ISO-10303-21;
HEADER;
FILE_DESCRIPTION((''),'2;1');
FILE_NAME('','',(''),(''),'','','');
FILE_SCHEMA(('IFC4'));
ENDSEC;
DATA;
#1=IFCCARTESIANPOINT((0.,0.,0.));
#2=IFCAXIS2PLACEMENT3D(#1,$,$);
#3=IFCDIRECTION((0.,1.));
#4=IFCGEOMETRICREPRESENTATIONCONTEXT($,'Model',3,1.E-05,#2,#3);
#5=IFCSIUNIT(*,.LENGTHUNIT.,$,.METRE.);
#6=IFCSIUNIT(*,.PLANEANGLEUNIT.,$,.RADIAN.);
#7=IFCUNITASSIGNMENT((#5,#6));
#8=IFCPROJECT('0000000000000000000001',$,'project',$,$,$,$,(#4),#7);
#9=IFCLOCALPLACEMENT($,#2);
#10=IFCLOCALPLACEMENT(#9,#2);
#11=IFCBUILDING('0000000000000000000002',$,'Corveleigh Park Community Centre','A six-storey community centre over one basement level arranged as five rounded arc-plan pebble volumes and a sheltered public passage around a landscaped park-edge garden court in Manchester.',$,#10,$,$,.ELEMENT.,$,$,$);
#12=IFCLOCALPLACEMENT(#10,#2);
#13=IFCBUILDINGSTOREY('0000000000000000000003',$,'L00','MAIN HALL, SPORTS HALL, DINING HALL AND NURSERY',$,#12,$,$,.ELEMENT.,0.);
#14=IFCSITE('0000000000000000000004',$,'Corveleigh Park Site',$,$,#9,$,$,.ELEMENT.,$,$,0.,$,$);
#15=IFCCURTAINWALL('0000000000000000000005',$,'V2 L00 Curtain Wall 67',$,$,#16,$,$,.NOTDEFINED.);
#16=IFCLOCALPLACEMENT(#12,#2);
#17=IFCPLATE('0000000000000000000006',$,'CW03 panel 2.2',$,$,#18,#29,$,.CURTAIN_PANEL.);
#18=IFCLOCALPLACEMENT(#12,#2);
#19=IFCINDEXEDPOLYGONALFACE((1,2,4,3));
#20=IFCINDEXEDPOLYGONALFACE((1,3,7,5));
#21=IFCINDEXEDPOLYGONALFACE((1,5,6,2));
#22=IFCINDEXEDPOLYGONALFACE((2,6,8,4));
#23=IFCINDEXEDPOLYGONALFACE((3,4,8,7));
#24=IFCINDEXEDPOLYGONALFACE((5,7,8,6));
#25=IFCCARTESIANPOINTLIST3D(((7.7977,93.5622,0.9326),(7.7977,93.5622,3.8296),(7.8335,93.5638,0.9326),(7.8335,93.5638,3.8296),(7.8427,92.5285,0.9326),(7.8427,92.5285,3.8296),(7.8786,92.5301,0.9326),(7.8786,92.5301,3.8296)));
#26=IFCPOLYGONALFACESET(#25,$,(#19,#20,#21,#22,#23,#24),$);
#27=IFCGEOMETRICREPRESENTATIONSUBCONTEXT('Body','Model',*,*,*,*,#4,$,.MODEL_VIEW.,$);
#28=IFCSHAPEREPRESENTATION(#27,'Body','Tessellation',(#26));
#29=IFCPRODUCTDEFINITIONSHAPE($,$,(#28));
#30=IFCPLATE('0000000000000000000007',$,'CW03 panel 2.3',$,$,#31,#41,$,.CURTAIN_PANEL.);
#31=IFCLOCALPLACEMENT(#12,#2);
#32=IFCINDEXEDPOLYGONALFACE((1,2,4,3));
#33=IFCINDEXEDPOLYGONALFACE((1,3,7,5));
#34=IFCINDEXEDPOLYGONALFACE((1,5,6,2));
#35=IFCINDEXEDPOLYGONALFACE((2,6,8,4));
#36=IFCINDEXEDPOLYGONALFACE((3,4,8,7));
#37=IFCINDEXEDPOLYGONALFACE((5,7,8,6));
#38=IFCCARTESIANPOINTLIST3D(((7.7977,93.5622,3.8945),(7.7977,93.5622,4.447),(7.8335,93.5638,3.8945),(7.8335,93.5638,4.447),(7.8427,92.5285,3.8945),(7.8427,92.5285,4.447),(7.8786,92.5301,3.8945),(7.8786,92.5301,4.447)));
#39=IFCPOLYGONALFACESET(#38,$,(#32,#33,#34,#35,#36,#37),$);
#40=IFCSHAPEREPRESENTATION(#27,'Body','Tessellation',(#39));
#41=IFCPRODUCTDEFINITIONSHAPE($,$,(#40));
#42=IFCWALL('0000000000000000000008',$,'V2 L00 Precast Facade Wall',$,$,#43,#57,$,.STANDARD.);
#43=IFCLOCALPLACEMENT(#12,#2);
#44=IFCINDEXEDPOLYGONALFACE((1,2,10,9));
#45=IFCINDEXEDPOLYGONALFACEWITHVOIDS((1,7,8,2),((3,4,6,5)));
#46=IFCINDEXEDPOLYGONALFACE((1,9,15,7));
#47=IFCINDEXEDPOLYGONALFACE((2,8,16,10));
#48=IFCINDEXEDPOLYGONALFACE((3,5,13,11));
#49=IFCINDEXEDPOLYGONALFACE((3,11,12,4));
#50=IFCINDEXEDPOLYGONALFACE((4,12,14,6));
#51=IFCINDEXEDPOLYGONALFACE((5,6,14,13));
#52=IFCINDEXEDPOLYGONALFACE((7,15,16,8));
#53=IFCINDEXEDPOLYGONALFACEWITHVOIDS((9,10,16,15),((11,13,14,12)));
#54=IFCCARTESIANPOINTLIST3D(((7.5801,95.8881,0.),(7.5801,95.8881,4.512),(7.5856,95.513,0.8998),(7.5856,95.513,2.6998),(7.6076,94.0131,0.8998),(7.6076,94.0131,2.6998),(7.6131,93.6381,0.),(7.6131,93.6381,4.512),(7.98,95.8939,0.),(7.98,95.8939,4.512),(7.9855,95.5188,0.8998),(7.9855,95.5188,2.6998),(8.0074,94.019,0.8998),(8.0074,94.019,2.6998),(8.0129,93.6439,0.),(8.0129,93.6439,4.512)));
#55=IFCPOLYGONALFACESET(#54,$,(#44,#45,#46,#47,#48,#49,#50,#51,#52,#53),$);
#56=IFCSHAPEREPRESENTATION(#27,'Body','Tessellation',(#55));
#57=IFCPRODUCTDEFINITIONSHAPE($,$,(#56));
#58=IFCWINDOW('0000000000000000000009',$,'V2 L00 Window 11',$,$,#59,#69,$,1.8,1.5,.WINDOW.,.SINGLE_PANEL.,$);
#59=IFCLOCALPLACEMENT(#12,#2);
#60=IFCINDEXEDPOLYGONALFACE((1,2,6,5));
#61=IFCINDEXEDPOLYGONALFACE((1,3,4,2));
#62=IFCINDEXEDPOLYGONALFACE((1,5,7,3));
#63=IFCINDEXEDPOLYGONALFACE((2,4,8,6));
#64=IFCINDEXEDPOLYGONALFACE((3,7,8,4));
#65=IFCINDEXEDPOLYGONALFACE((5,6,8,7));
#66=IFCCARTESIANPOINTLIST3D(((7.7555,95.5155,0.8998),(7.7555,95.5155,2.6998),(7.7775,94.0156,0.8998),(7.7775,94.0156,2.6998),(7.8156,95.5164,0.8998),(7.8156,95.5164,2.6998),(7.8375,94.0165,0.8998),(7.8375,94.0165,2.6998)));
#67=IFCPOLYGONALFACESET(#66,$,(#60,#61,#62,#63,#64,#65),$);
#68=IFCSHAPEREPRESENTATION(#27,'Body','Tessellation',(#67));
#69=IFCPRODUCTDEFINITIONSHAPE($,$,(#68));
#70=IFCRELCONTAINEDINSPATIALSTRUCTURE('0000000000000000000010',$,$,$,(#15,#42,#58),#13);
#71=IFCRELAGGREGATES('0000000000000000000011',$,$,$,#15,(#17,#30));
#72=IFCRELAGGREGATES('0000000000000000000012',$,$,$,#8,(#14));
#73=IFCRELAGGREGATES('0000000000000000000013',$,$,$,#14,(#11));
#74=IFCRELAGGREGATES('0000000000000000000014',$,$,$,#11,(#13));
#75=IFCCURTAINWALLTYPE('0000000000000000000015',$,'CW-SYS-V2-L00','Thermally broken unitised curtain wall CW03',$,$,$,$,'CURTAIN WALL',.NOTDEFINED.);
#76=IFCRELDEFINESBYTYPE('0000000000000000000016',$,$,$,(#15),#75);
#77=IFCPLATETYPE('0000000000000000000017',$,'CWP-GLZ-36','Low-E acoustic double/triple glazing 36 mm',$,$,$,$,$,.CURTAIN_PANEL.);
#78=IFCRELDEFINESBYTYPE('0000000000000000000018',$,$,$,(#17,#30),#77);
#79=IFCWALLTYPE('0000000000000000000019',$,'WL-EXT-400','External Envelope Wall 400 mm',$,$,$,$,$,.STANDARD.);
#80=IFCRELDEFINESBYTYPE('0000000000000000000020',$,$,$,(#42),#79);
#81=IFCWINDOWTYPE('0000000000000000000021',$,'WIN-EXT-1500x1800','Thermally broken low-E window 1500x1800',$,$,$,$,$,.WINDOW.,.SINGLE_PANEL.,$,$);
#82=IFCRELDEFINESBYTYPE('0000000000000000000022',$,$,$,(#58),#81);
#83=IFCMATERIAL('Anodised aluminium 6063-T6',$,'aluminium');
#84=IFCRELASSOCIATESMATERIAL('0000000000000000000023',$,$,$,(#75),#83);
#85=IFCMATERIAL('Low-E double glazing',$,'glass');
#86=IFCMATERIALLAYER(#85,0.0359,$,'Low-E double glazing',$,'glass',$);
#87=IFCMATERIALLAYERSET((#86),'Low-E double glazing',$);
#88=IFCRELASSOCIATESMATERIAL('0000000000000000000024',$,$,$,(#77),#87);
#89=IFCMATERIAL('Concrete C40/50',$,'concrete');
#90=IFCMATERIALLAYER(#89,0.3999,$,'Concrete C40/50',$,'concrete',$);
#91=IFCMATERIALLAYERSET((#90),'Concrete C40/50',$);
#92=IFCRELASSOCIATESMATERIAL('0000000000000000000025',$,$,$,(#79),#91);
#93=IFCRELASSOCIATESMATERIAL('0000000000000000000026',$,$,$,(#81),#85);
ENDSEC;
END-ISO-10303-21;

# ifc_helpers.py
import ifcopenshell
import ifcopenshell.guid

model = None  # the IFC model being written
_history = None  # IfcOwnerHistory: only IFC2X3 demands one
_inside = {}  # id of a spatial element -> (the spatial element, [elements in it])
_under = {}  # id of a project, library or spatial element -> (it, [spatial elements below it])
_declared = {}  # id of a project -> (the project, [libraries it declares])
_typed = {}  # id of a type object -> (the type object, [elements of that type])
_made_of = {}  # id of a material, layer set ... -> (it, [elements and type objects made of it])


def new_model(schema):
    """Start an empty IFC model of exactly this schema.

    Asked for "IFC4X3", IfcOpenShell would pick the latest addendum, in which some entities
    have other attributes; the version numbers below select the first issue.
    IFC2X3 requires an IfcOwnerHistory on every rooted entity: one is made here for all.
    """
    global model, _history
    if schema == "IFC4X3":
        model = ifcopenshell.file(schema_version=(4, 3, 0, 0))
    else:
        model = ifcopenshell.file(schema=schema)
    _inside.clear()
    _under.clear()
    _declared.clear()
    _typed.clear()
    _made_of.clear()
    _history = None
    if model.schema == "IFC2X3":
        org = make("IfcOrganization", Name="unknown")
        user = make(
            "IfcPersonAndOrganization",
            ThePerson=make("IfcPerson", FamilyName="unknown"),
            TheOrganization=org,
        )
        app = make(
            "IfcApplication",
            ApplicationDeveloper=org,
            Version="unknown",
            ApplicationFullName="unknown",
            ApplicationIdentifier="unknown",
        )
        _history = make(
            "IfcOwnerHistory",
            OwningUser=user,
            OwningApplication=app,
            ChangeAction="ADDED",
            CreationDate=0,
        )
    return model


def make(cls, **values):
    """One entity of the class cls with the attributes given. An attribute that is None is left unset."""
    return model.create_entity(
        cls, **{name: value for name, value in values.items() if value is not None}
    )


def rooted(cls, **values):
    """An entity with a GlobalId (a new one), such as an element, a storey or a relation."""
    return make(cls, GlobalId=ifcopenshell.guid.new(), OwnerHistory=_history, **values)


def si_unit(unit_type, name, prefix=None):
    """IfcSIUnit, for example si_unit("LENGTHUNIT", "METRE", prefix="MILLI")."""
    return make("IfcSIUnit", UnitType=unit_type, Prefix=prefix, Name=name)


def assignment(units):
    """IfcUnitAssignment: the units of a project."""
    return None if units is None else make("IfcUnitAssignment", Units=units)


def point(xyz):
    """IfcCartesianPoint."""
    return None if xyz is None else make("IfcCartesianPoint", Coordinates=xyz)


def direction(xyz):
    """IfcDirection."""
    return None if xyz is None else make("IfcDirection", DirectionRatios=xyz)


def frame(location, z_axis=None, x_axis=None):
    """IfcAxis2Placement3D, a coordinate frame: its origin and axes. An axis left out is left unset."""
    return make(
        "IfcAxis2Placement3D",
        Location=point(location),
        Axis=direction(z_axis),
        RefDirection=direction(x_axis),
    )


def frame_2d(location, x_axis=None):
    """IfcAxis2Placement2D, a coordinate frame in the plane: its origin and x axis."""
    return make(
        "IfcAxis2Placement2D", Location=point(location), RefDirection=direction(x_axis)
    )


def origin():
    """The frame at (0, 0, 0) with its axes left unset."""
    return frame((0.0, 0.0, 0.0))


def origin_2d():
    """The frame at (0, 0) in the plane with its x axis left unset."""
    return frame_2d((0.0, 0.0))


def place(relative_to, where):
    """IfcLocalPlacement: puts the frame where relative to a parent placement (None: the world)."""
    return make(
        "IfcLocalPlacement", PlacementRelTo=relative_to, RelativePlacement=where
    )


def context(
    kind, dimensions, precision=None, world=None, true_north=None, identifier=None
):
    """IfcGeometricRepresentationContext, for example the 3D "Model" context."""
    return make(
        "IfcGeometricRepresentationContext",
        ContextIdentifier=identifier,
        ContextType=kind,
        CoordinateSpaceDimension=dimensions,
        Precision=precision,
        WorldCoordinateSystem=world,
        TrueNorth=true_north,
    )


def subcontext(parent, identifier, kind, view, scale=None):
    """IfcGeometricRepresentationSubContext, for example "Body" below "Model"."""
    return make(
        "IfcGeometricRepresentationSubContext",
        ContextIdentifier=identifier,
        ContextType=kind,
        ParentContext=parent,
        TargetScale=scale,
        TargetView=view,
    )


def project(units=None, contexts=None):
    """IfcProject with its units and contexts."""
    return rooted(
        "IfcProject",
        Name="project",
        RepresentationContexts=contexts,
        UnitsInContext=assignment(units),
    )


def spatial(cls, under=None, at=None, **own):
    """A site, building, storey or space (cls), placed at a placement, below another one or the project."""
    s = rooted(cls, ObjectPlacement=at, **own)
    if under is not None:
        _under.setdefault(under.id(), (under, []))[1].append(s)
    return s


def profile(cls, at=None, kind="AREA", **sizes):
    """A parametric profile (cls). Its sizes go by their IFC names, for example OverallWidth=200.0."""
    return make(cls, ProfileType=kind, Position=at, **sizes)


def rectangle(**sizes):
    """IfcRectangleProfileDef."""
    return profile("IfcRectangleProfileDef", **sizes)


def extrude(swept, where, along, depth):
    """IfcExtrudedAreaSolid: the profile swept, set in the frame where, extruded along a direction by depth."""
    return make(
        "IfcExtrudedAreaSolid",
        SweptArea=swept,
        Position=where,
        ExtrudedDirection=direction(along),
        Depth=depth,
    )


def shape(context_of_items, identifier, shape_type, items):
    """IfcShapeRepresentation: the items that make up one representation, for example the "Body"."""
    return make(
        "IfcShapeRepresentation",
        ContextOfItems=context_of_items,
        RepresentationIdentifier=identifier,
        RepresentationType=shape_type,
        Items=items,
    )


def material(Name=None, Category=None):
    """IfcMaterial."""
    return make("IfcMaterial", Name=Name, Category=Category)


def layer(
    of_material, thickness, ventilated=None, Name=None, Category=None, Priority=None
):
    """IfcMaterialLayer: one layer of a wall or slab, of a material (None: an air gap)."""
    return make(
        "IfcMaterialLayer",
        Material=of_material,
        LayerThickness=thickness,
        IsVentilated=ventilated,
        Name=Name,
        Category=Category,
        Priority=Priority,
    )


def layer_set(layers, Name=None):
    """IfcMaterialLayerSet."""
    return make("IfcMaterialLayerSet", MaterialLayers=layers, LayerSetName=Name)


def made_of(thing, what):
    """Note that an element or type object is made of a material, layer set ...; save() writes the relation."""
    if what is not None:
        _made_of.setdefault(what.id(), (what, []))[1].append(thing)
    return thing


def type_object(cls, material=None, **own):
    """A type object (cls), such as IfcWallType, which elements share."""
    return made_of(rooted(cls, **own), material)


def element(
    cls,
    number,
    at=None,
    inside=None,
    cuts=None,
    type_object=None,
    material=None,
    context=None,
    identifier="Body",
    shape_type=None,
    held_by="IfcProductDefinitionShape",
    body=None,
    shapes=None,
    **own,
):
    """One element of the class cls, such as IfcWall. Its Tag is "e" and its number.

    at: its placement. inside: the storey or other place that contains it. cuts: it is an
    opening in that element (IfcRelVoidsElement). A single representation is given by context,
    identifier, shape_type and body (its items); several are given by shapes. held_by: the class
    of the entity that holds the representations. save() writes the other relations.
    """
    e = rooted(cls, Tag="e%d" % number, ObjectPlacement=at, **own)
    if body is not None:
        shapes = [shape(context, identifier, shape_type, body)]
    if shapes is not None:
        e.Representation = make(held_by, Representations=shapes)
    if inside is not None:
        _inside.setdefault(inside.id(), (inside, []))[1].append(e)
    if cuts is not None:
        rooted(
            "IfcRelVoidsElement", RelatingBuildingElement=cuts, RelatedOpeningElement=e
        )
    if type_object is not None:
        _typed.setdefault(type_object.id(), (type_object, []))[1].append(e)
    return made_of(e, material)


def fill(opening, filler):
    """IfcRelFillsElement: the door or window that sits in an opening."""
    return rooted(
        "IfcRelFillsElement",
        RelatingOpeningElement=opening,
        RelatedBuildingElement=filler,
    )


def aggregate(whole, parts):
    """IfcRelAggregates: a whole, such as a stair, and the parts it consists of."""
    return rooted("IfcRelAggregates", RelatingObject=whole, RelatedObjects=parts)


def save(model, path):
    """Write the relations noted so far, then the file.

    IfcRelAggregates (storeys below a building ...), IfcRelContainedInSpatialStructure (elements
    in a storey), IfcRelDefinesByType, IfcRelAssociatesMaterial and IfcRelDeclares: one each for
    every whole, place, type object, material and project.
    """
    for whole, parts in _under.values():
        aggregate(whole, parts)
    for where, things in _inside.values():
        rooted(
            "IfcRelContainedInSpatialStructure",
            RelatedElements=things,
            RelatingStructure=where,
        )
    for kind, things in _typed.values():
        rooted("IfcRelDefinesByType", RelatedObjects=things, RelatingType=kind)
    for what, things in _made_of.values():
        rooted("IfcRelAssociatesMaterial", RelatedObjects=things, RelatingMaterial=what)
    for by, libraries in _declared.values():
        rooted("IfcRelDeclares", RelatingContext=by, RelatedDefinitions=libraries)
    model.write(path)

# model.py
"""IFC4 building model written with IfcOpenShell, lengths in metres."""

from ifc_helpers import new_model, si_unit, direction, frame, frame_2d, origin, origin_2d, place, context, subcontext, project, spatial, rectangle, extrude, material, layer, layer_set, type_object, element, fill, aggregate, save


model = new_model("IFC4")

# Units and contexts
model_context = context("Model", 3, precision=1e-05, world=origin(), true_north=direction((0.0, 1.0)))
body_context = subcontext(model_context, "Body", "Model", "MODEL_VIEW")
ifc_project = project(units=[si_unit("LENGTHUNIT", "METRE"), si_unit("PLANEANGLEUNIT", "RADIAN")], contexts=[model_context])

# Site, building, storey
site_placement = place(None, origin())
site = spatial("IfcSite", under=ifc_project, at=site_placement, Name="Corveleigh Park Site", CompositionType="ELEMENT", RefElevation=0.0)
building_placement = place(site_placement, origin())
building = spatial("IfcBuilding", under=site, at=building_placement, Name="Corveleigh Park Community Centre", Description="A six-storey community centre over one basement level arranged as five rounded arc-plan pebble volumes and a sheltered public passage around a landscaped park-edge garden court in Manchester.", CompositionType="ELEMENT")
storey_placement = place(building_placement, origin())
storey = spatial("IfcBuildingStorey", under=building, at=storey_placement, Name="L00", Description="MAIN HALL, SPORTS HALL, DINING HALL AND NURSERY", CompositionType="ELEMENT", Elevation=0.0)

# Curtain wall
ifc_material_1 = material(Name="Anodised aluminium 6063-T6", Category="aluminium")
curtain_wall_type = type_object("IfcCurtainWallType", Name="CW-SYS-V2-L00", Description="Thermally broken unitised curtain wall CW03", ElementType="CURTAIN WALL", PredefinedType="NOTDEFINED", material=ifc_material_1)
curtain_wall_1_placement = place(storey_placement, origin())
curtain_wall_1 = element("IfcCurtainWall", 1, at=curtain_wall_1_placement, inside=storey, type_object=curtain_wall_type, Name="V2 L00 Curtain Wall 67", PredefinedType="NOTDEFINED")

# Plates
ifc_material_2 = material(Name="Low-E double glazing", Category="glass")
ifc_layer_1 = layer(ifc_material_2, 0.0359, Name="Low-E double glazing", Category="glass")
ifc_layer_set_1 = layer_set([ifc_layer_1], Name="Low-E double glazing")
plate_type_1 = type_object("IfcPlateType", Name="CWP-GLZ-36", Description="Low-E acoustic double/triple glazing 36 mm", PredefinedType="CURTAIN_PANEL", material=ifc_layer_set_1)
plate_1_placement = place(storey_placement, frame((7.8381, 93.0461, 0.9326), z_axis=(0.0, 0.0, 1.0), x_axis=(-0.043572, 0.99905, 0.0)))
plate_1 = element("IfcPlate", 2, at=plate_1_placement, type_object=plate_type_1, Name="CW03 panel 2.2", PredefinedType="CURTAIN_PANEL", context=body_context, shape_type="SweptSolid", body=[
    extrude(rectangle(XDim=1.0347, YDim=0.0359, at=origin_2d()), origin(), (0.0, 0.0, 1.0), 2.897),
])
plate_2_placement = place(storey_placement, frame((7.8381, 93.0461, 3.8945), z_axis=(0.0, 0.0, 1.0), x_axis=(-0.043572, 0.99905, 0.0)))
plate_2 = element("IfcPlate", 3, at=plate_2_placement, type_object=plate_type_1, Name="CW03 panel 2.3", PredefinedType="CURTAIN_PANEL", context=body_context, shape_type="SweptSolid", body=[
    extrude(rectangle(XDim=1.0347, YDim=0.0359, at=origin_2d()), origin(), (0.0, 0.0, 1.0), 0.5525),
])
aggregate(curtain_wall_1, [plate_1, plate_2])

# Wall, opening, window
ifc_material_3 = material(Name="Concrete C40/50", Category="concrete")
ifc_layer_2 = layer(ifc_material_3, 0.3999, Name="Concrete C40/50", Category="concrete")
ifc_layer_set_2 = layer_set([ifc_layer_2], Name="Concrete C40/50")
wall_type = type_object("IfcWallType", Name="WL-EXT-400", Description="External Envelope Wall 400 mm", PredefinedType="STANDARD", material=ifc_layer_set_2)
wall_placement = place(storey_placement, frame((7.813, 93.6411, 0.0), z_axis=(0.0, 0.0, 1.0), x_axis=(-0.014647, 0.999893, 0.0)))
wall = element("IfcWall", 4, at=wall_placement, inside=storey, type_object=wall_type, Name="V2 L00 Precast Facade Wall", PredefinedType="STANDARD", context=body_context, shape_type="SweptSolid", body=[
    extrude(rectangle(XDim=2.2502, YDim=0.3999, at=frame_2d((1.125, 0.0))), origin(), (0.0, 0.0, 1.0), 4.512),
])
opening_placement = place(wall_placement, frame((0.375, 0.0, 0.8999)))
opening = element("IfcOpeningElement", 5, at=opening_placement, cuts=wall, PredefinedType="OPENING", context=body_context, shape_type="SweptSolid", body=[
    extrude(rectangle(XDim=1.5, YDim=1.8, at=frame_2d((0.75, 0.8999))), frame((0.0, 0.21, 0.0), z_axis=(0.0, -1.0, 0.0), x_axis=(1.0, 0.0, 0.0)), (0.0, 0.0, 1.0), 0.4199),
])
window_type = type_object("IfcWindowType", Name="WIN-EXT-1500x1800", Description="Thermally broken low-E window 1500x1800", PartitioningType="SINGLE_PANEL", PredefinedType="WINDOW", material=ifc_material_2)
window_placement = place(opening_placement, origin())
window = element("IfcWindow", 6, at=window_placement, inside=storey, type_object=window_type, Name="V2 L00 Window 11", OverallHeight=1.8, OverallWidth=1.5, PartitioningType="SINGLE_PANEL", PredefinedType="WINDOW", context=body_context, shape_type="SweptSolid", body=[
    extrude(rectangle(XDim=1.5, YDim=1.8, at=frame_2d((0.75, 0.8999))), frame((0.0, 0.03, 0.0), z_axis=(0.0, -1.0, 0.0), x_axis=(1.0, 0.0, 0.0)), (0.0, 0.0, 1.0), 0.0601),
])
fill(opening, window)

save(model, "model.ifc")
